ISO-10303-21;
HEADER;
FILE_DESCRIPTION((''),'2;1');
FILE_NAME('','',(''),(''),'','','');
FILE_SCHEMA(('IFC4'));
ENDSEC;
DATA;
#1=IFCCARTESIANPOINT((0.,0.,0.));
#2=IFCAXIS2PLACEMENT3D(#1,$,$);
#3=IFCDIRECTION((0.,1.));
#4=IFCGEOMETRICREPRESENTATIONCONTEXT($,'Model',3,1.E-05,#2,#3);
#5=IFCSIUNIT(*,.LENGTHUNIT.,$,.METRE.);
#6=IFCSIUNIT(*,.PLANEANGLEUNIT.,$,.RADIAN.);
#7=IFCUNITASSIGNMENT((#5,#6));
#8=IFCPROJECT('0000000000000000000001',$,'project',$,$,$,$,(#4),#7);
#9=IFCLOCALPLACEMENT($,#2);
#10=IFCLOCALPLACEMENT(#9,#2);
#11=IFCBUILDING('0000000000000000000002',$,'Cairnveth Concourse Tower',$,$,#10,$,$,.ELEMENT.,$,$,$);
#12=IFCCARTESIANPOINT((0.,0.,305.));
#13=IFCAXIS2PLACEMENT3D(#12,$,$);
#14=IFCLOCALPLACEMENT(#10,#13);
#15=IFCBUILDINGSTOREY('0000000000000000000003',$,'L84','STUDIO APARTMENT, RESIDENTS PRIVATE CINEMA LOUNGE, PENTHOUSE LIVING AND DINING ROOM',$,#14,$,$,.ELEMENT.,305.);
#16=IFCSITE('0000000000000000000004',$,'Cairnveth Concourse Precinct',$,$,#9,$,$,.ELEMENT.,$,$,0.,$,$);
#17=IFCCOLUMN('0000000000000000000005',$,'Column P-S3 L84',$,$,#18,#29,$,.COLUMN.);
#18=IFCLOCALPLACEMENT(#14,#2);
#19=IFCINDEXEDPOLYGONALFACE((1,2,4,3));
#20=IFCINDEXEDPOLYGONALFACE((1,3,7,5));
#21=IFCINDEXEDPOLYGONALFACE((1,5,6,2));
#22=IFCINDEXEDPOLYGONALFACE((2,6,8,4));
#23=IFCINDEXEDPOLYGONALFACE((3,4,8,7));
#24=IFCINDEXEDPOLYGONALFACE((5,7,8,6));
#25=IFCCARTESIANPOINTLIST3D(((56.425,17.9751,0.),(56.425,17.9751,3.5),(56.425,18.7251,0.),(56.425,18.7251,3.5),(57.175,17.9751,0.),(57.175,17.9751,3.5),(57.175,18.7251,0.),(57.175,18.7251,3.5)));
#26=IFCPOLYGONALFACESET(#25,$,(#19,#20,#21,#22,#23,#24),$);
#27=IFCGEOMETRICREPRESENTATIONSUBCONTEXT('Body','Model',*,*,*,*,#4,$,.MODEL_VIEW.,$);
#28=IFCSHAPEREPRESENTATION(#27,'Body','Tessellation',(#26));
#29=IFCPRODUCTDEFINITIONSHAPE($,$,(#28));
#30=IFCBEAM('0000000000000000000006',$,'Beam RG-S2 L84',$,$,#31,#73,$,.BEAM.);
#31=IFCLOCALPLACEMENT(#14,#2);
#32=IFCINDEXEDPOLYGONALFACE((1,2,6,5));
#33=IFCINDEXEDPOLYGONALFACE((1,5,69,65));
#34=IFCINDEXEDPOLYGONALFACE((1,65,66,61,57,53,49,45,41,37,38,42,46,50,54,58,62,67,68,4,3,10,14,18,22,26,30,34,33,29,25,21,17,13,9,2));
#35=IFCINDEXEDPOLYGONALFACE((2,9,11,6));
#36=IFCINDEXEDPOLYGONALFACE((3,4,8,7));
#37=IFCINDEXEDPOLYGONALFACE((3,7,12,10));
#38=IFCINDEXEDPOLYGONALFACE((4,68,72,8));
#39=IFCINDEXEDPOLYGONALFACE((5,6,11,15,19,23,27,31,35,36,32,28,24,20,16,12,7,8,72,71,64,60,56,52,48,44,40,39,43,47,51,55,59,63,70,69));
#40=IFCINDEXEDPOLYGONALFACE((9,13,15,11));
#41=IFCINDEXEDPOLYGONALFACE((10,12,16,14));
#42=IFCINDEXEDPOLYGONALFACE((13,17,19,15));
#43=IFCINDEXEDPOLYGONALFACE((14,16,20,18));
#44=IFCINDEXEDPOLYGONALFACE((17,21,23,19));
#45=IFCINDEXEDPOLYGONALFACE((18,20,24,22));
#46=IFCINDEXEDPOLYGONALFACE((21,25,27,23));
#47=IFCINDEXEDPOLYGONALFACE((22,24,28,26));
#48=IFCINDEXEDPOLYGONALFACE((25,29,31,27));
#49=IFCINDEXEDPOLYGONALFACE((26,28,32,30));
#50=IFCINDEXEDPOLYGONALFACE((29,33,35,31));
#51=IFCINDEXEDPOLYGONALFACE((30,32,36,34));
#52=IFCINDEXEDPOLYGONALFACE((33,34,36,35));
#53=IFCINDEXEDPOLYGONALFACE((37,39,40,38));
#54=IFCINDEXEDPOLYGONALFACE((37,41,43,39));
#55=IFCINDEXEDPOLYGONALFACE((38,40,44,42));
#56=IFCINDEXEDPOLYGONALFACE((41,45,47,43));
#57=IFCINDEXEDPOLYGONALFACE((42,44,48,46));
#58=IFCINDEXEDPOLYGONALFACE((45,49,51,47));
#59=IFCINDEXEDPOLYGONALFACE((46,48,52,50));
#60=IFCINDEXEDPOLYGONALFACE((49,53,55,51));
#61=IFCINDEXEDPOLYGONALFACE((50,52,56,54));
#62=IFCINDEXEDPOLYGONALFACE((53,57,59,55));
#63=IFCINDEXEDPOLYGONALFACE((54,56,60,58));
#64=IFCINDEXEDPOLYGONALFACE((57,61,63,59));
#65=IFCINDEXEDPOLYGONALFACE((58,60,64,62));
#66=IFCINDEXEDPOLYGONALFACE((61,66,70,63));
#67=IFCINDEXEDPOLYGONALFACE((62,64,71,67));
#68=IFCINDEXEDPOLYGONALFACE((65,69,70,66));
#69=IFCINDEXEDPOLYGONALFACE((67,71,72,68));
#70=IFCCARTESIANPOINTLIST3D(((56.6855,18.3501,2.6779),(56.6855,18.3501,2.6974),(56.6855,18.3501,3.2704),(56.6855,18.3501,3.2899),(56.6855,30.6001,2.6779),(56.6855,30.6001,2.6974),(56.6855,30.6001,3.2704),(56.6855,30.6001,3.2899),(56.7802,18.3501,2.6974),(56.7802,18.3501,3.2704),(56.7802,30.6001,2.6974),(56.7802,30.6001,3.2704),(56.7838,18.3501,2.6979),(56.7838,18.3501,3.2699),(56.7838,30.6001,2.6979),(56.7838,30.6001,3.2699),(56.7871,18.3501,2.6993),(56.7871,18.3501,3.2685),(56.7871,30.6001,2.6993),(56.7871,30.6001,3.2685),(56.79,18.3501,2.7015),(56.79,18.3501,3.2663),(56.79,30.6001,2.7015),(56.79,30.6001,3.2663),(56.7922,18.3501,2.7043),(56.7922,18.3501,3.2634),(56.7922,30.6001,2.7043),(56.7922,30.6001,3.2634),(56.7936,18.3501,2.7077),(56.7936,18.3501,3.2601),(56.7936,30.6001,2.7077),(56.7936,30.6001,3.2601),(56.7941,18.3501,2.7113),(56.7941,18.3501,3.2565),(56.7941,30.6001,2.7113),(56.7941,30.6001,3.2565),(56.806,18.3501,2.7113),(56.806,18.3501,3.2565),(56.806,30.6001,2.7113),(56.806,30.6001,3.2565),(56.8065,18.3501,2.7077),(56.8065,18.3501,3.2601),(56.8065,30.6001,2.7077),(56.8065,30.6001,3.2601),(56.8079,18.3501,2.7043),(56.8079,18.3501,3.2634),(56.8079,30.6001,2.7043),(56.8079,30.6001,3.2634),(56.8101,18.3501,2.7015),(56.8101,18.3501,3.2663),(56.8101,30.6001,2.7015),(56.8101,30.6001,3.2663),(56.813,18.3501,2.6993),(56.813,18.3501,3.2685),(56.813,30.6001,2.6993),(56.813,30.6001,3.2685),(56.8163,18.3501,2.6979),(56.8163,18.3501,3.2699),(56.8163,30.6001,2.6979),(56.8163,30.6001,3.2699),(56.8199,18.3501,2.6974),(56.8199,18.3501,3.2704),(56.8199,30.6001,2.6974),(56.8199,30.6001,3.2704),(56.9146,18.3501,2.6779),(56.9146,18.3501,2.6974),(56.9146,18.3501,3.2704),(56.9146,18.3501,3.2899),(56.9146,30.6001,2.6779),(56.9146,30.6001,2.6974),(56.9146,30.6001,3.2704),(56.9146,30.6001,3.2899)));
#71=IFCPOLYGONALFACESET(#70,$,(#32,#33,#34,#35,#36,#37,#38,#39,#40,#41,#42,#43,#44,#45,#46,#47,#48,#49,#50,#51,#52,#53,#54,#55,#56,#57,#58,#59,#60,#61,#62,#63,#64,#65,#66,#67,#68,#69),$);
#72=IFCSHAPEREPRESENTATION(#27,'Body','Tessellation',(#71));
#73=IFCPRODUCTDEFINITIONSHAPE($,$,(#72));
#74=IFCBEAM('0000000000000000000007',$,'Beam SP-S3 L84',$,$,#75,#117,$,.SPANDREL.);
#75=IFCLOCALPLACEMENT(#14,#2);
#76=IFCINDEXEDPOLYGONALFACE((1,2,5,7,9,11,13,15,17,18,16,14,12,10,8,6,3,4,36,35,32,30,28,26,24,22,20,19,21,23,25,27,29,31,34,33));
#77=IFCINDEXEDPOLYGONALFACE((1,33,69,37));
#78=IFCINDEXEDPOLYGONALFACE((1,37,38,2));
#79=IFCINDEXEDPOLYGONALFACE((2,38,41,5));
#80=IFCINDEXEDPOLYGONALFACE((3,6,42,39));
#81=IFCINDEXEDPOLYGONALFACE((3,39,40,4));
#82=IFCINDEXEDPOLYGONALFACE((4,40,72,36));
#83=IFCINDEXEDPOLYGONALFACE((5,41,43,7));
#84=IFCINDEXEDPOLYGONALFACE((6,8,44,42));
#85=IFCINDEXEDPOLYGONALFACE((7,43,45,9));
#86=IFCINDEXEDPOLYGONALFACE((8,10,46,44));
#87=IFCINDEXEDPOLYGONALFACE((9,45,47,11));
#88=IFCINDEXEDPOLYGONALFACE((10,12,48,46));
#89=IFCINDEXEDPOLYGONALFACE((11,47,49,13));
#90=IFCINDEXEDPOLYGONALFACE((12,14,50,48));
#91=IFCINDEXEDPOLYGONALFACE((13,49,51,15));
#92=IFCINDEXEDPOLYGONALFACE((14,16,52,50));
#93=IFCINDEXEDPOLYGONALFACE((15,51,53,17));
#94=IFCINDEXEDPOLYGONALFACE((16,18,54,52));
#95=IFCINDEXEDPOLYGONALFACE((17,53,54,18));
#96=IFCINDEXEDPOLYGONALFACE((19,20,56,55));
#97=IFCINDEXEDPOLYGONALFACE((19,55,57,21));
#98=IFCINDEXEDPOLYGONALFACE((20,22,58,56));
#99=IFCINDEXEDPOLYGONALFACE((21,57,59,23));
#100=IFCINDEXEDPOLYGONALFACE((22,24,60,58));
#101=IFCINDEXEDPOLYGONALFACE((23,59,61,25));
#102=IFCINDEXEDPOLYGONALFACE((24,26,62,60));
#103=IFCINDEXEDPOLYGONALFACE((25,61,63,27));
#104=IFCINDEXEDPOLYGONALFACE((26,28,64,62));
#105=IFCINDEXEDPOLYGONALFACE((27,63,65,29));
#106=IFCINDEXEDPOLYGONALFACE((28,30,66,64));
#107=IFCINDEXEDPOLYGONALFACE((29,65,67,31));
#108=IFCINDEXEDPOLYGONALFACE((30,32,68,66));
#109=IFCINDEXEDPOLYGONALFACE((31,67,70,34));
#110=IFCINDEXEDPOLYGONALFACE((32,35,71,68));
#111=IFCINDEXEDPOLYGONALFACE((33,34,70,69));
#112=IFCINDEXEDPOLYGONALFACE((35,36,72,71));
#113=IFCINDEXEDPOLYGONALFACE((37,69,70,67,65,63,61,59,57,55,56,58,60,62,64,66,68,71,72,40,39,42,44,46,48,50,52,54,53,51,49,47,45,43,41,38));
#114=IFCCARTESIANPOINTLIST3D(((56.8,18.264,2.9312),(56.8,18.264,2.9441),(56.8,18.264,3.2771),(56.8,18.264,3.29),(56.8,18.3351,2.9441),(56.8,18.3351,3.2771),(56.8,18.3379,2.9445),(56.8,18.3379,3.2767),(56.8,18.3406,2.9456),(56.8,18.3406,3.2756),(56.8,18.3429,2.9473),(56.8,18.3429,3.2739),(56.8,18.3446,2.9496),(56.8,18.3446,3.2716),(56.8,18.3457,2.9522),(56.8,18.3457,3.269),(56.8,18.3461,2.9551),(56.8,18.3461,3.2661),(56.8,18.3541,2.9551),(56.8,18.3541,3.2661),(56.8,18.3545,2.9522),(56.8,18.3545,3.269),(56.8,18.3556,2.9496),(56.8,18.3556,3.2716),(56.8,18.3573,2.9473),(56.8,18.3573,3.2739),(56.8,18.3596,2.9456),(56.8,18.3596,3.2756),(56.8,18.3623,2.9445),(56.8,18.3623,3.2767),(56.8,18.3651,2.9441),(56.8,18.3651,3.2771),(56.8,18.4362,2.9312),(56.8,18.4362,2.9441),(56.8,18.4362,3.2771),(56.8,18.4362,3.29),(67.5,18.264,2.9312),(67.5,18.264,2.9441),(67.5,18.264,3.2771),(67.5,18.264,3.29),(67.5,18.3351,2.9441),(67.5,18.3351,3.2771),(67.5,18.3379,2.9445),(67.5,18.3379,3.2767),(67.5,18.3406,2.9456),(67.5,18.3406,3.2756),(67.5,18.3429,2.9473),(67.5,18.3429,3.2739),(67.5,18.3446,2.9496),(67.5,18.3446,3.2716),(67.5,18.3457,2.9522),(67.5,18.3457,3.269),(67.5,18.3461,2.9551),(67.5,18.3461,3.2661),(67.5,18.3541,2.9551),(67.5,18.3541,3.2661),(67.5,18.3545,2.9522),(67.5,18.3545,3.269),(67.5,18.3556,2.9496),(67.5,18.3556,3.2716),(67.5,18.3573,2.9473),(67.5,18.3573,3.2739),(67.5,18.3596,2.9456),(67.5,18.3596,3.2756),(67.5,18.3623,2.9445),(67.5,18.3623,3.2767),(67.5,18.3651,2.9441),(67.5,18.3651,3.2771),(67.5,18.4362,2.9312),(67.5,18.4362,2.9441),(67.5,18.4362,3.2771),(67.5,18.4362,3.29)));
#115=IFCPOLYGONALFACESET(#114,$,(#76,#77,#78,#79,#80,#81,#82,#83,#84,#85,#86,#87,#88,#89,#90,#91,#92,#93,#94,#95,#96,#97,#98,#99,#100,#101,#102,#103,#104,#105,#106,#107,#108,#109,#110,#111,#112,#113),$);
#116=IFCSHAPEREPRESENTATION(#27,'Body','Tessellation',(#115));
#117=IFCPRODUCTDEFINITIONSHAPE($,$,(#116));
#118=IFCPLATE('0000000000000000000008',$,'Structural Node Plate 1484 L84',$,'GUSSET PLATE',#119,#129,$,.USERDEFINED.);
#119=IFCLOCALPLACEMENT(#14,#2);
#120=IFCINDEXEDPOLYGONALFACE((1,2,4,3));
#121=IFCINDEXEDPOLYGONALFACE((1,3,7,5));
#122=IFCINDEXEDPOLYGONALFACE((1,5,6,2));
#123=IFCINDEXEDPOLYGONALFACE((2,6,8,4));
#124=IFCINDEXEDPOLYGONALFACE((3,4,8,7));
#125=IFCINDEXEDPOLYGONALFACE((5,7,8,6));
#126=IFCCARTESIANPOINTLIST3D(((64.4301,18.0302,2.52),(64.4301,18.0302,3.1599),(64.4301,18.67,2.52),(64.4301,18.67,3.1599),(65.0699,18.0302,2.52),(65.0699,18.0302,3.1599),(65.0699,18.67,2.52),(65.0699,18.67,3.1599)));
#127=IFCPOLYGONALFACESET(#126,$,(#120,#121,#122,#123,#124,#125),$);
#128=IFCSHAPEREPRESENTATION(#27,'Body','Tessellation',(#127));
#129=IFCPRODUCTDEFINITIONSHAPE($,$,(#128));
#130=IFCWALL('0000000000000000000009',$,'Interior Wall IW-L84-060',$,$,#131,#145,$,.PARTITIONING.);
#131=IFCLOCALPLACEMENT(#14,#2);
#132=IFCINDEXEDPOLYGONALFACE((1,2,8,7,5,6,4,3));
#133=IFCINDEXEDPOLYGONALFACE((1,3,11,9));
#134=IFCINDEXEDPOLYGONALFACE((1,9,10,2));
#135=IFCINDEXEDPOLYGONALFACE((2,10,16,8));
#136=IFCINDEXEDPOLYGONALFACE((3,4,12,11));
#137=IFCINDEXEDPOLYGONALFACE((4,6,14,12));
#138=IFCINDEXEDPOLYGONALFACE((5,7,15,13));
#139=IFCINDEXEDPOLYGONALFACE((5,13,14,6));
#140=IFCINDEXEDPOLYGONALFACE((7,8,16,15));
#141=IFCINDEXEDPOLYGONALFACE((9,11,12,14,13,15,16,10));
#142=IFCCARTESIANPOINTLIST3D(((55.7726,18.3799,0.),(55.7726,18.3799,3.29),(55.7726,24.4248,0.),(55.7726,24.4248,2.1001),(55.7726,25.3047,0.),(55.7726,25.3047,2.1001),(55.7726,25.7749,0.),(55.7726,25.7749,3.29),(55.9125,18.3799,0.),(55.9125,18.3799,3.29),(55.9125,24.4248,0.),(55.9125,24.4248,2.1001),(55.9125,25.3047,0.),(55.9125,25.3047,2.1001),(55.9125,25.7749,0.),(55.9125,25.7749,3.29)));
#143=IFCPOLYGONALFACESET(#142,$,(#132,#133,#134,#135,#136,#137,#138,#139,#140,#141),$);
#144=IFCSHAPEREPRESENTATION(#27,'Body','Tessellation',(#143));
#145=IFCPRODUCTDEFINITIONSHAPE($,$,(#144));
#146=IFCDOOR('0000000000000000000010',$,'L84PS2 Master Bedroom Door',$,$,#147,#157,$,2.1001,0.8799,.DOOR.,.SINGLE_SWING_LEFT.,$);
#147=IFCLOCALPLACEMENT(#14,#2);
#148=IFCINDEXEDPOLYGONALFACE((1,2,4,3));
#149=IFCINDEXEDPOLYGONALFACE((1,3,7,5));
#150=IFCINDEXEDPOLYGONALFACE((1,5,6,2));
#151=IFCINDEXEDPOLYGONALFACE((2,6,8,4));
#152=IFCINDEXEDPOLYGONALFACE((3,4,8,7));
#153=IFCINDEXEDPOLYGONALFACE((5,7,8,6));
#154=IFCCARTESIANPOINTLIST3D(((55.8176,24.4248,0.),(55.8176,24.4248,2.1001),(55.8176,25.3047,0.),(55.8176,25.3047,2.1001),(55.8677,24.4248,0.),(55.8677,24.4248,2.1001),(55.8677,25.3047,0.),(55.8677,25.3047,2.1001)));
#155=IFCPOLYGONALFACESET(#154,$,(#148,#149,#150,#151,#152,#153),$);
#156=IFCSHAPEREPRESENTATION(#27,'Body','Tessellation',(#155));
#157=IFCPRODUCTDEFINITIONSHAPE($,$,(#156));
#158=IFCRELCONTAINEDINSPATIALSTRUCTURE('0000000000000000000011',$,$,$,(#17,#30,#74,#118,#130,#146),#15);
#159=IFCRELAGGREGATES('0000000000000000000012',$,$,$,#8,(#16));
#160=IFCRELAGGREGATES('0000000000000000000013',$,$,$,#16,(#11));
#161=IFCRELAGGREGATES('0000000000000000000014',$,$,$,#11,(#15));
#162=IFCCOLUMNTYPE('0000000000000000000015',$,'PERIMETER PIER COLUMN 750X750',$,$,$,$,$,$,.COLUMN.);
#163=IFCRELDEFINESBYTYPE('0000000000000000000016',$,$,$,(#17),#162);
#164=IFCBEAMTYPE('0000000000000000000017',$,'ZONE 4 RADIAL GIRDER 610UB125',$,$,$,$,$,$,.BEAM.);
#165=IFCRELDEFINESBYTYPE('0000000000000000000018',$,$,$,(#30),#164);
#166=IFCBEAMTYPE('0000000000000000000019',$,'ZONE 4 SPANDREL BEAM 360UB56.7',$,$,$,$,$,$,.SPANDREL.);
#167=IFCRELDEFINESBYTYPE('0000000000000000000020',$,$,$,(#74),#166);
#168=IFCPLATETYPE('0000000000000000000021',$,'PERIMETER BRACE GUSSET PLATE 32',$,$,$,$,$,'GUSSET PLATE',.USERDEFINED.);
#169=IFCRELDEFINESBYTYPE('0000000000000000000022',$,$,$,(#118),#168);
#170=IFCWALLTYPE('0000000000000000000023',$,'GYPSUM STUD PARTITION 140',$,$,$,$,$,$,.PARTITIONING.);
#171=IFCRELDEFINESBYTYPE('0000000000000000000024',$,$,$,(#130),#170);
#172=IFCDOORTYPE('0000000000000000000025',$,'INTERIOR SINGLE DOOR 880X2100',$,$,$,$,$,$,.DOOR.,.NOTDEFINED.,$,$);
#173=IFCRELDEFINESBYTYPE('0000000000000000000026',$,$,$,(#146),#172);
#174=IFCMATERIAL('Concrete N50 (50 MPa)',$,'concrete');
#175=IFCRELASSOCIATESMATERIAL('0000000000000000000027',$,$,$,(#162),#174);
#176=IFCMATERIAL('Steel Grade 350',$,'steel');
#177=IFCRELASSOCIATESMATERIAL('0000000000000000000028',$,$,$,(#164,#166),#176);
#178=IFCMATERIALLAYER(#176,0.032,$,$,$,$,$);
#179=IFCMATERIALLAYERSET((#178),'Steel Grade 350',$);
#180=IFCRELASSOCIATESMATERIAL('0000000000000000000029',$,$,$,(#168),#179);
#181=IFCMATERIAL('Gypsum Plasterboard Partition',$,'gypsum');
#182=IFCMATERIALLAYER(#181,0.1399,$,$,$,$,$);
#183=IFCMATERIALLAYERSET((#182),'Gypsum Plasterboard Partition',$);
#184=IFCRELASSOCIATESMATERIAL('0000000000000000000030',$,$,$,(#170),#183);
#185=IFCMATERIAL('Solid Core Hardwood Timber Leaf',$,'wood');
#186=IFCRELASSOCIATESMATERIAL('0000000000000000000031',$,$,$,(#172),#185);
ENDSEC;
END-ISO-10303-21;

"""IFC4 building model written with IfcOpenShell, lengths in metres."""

from ifc_helpers import new_model, si_unit, direction, frame, frame_2d, origin, origin_2d, place, context, subcontext, project, spatial, rectangle, i_section, extrude, material, layer, layer_set, material_profile, profile_set, type_object, element, fill, save


model = new_model("IFC4")

# Units and contexts
model_context = context("Model", 3, precision=1e-05, world=origin(), true_north=direction((0.0, 1.0)))
body_context = subcontext(model_context, "Body", "Model", "MODEL_VIEW")
ifc_project = project(units=[si_unit("LENGTHUNIT", "METRE"), si_unit("PLANEANGLEUNIT", "RADIAN")], contexts=[model_context])

# Site, building, storey
site_placement = place(None, origin())
site = spatial("IfcSite", under=ifc_project, at=site_placement, Name="Cairnveth Concourse Precinct", CompositionType="ELEMENT", RefElevation=0.0)
building_placement = place(site_placement, origin())
building = spatial("IfcBuilding", under=site, at=building_placement, Name="Cairnveth Concourse Tower", CompositionType="ELEMENT")
storey_placement = place(building_placement, frame((0.0, 0.0, 305.0)))
storey = spatial("IfcBuildingStorey", under=building, at=storey_placement, Name="L84", Description="STUDIO APARTMENT, RESIDENTS PRIVATE CINEMA LOUNGE, PENTHOUSE LIVING AND DINING ROOM", CompositionType="ELEMENT", Elevation=305.0)

# Column
ifc_material_1 = material(Name="Concrete N50 (50 MPa)", Category="concrete")
ifc_material_profile_1 = material_profile(ifc_material_1, rectangle(XDim=0.75, YDim=0.75, at=origin_2d()), Name="RC-COL-750x750")
ifc_profile_set_1 = profile_set([ifc_material_profile_1], Name="Concrete N50 (50 MPa)")
column_type = type_object("IfcColumnType", Name="PERIMETER PIER COLUMN 750X750", PredefinedType="COLUMN", material=ifc_profile_set_1)
column_placement = place(storey_placement, frame((56.8, 18.3501, 0.0), z_axis=(0.0, 0.0, 1.0), x_axis=(1.0, 0.0, 0.0)))
element("IfcColumn", 1, at=column_placement, inside=storey, type_object=column_type, Name="Column P-S3 L84", PredefinedType="COLUMN", context=body_context, shape_type="SweptSolid", body=[
    extrude(rectangle(XDim=0.75, YDim=0.75, at=origin_2d()), origin(), (0.0, 0.0, 1.0), 3.5),
])

# Beams
ifc_material_2 = material(Name="Steel Grade 350", Category="steel")
ifc_material_profile_2 = material_profile(ifc_material_2, i_section(OverallWidth=0.229, OverallDepth=0.6121, WebThickness=0.012, FlangeThickness=0.0195, FilletRadius=0.0139, at=origin_2d()), Name="610UB125")
ifc_profile_set_2 = profile_set([ifc_material_profile_2], Name="Steel Grade 350")
beam_type_1 = type_object("IfcBeamType", Name="ZONE 4 RADIAL GIRDER 610UB125", PredefinedType="BEAM", material=ifc_profile_set_2)
beam_1_placement = place(storey_placement, frame((56.8, 18.3501, 2.9839), z_axis=(0.0, 1.0, 0.0), x_axis=(-1.0, 0.0, 0.0)))
element("IfcBeam", 2, at=beam_1_placement, inside=storey, type_object=beam_type_1, Name="Beam RG-S2 L84", PredefinedType="BEAM", context=body_context, shape_type="SweptSolid", body=[
    extrude(i_section(OverallWidth=0.229, OverallDepth=0.6121, WebThickness=0.012, FlangeThickness=0.0195, FilletRadius=0.0139, at=origin_2d()), origin(), (0.0, 0.0, 1.0), 12.25),
])
ifc_material_profile_3 = material_profile(ifc_material_2, i_section(OverallWidth=0.1721, OverallDepth=0.3589, WebThickness=0.0081, FlangeThickness=0.0129, FilletRadius=0.011, at=origin_2d()), Name="360UB56.7")
ifc_profile_set_3 = profile_set([ifc_material_profile_3], Name="Steel Grade 350")
beam_type_2 = type_object("IfcBeamType", Name="ZONE 4 SPANDREL BEAM 360UB56.7", PredefinedType="SPANDREL", material=ifc_profile_set_3)
beam_2_placement = place(storey_placement, frame((56.8, 18.3501, 3.1106), z_axis=(1.0, 0.0, 0.0), x_axis=(0.0, 1.0, 0.0)))
element("IfcBeam", 3, at=beam_2_placement, inside=storey, type_object=beam_type_2, Name="Beam SP-S3 L84", PredefinedType="SPANDREL", context=body_context, shape_type="SweptSolid", body=[
    extrude(i_section(OverallWidth=0.1721, OverallDepth=0.3589, WebThickness=0.0081, FlangeThickness=0.0129, FilletRadius=0.011, at=origin_2d()), origin(), (0.0, 0.0, 1.0), 10.7),
])

# Plate
ifc_layer_1 = layer(ifc_material_2, 0.032)
ifc_layer_set_1 = layer_set([ifc_layer_1], Name="Steel Grade 350")
plate_type = type_object("IfcPlateType", Name="PERIMETER BRACE GUSSET PLATE 32", ElementType="GUSSET PLATE", PredefinedType="USERDEFINED", material=ifc_layer_set_1)
plate_placement = place(storey_placement, frame((64.75, 18.3501, 2.52), z_axis=(0.0, 0.0, 1.0), x_axis=(1.0, 0.0, 0.0)))
element("IfcPlate", 4, at=plate_placement, inside=storey, type_object=plate_type, Name="Structural Node Plate 1484 L84", ObjectType="GUSSET PLATE", PredefinedType="USERDEFINED", context=body_context, shape_type="SweptSolid", body=[
    extrude(rectangle(XDim=0.6399, YDim=0.6399, at=origin_2d()), origin(), (0.0, 0.0, 1.0), 0.6399),
])

# Wall, opening, door
ifc_material_3 = material(Name="Gypsum Plasterboard Partition", Category="gypsum")
ifc_layer_2 = layer(ifc_material_3, 0.1399)
ifc_layer_set_2 = layer_set([ifc_layer_2], Name="Gypsum Plasterboard Partition")
wall_type_1 = type_object("IfcWallType", Name="GYPSUM STUD PARTITION 140", PredefinedType="PARTITIONING", material=ifc_layer_set_2)
wall_1_placement = place(storey_placement, frame((55.8425, 18.3799, 0.0), z_axis=(0.0, 0.0, 1.0), x_axis=(0.0, 1.0, 0.0)))
wall_1 = element("IfcWall", 5, at=wall_1_placement, inside=storey, type_object=wall_type_1, Name="Interior Wall IW-L84-060", PredefinedType="PARTITIONING", context=body_context, shape_type="SweptSolid", body=[
    extrude(rectangle(XDim=7.395, YDim=0.1399, at=frame_2d((3.6975, 0.0))), origin(), (0.0, 0.0, 1.0), 3.29),
])
opening_1_placement = place(wall_1_placement, frame((6.0449, 0.0, 0.0)))
opening_1 = element("IfcOpeningElement", 6, at=opening_1_placement, cuts=wall_1, PredefinedType="OPENING", context=body_context, shape_type="SweptSolid", body=[
    extrude(rectangle(XDim=0.8799, YDim=2.1001, at=frame_2d((0.4399, 1.05))), frame((0.0, 0.0798, 0.0), z_axis=(0.0, -1.0, 0.0), x_axis=(1.0, 0.0, 0.0)), (0.0, 0.0, 1.0), 0.1599),
])
ifc_material_4 = material(Name="Solid Core Hardwood Timber Leaf", Category="wood")
door_type_1 = type_object("IfcDoorType", Name="INTERIOR SINGLE DOOR 880X2100", OperationType="NOTDEFINED", PredefinedType="DOOR", material=ifc_material_4)
door_1_placement = place(opening_1_placement, origin())
door_1 = element("IfcDoor", 7, at=door_1_placement, inside=storey, type_object=door_type_1, Name="L84PS2 Master Bedroom Door", OperationType="SINGLE_SWING_LEFT", OverallHeight=2.1001, OverallWidth=0.8799, PredefinedType="DOOR", context=body_context, shape_type="SweptSolid", body=[
    extrude(rectangle(XDim=0.8799, YDim=2.1001, at=frame_2d((0.4399, 1.05))), frame((0.0, 0.0249, 0.0), z_axis=(0.0, -1.0, 0.0), x_axis=(1.0, 0.0, 0.0)), (0.0, 0.0, 1.0), 0.05),
])
fill(opening_1, door_1)

save(model, "model.ifc")
